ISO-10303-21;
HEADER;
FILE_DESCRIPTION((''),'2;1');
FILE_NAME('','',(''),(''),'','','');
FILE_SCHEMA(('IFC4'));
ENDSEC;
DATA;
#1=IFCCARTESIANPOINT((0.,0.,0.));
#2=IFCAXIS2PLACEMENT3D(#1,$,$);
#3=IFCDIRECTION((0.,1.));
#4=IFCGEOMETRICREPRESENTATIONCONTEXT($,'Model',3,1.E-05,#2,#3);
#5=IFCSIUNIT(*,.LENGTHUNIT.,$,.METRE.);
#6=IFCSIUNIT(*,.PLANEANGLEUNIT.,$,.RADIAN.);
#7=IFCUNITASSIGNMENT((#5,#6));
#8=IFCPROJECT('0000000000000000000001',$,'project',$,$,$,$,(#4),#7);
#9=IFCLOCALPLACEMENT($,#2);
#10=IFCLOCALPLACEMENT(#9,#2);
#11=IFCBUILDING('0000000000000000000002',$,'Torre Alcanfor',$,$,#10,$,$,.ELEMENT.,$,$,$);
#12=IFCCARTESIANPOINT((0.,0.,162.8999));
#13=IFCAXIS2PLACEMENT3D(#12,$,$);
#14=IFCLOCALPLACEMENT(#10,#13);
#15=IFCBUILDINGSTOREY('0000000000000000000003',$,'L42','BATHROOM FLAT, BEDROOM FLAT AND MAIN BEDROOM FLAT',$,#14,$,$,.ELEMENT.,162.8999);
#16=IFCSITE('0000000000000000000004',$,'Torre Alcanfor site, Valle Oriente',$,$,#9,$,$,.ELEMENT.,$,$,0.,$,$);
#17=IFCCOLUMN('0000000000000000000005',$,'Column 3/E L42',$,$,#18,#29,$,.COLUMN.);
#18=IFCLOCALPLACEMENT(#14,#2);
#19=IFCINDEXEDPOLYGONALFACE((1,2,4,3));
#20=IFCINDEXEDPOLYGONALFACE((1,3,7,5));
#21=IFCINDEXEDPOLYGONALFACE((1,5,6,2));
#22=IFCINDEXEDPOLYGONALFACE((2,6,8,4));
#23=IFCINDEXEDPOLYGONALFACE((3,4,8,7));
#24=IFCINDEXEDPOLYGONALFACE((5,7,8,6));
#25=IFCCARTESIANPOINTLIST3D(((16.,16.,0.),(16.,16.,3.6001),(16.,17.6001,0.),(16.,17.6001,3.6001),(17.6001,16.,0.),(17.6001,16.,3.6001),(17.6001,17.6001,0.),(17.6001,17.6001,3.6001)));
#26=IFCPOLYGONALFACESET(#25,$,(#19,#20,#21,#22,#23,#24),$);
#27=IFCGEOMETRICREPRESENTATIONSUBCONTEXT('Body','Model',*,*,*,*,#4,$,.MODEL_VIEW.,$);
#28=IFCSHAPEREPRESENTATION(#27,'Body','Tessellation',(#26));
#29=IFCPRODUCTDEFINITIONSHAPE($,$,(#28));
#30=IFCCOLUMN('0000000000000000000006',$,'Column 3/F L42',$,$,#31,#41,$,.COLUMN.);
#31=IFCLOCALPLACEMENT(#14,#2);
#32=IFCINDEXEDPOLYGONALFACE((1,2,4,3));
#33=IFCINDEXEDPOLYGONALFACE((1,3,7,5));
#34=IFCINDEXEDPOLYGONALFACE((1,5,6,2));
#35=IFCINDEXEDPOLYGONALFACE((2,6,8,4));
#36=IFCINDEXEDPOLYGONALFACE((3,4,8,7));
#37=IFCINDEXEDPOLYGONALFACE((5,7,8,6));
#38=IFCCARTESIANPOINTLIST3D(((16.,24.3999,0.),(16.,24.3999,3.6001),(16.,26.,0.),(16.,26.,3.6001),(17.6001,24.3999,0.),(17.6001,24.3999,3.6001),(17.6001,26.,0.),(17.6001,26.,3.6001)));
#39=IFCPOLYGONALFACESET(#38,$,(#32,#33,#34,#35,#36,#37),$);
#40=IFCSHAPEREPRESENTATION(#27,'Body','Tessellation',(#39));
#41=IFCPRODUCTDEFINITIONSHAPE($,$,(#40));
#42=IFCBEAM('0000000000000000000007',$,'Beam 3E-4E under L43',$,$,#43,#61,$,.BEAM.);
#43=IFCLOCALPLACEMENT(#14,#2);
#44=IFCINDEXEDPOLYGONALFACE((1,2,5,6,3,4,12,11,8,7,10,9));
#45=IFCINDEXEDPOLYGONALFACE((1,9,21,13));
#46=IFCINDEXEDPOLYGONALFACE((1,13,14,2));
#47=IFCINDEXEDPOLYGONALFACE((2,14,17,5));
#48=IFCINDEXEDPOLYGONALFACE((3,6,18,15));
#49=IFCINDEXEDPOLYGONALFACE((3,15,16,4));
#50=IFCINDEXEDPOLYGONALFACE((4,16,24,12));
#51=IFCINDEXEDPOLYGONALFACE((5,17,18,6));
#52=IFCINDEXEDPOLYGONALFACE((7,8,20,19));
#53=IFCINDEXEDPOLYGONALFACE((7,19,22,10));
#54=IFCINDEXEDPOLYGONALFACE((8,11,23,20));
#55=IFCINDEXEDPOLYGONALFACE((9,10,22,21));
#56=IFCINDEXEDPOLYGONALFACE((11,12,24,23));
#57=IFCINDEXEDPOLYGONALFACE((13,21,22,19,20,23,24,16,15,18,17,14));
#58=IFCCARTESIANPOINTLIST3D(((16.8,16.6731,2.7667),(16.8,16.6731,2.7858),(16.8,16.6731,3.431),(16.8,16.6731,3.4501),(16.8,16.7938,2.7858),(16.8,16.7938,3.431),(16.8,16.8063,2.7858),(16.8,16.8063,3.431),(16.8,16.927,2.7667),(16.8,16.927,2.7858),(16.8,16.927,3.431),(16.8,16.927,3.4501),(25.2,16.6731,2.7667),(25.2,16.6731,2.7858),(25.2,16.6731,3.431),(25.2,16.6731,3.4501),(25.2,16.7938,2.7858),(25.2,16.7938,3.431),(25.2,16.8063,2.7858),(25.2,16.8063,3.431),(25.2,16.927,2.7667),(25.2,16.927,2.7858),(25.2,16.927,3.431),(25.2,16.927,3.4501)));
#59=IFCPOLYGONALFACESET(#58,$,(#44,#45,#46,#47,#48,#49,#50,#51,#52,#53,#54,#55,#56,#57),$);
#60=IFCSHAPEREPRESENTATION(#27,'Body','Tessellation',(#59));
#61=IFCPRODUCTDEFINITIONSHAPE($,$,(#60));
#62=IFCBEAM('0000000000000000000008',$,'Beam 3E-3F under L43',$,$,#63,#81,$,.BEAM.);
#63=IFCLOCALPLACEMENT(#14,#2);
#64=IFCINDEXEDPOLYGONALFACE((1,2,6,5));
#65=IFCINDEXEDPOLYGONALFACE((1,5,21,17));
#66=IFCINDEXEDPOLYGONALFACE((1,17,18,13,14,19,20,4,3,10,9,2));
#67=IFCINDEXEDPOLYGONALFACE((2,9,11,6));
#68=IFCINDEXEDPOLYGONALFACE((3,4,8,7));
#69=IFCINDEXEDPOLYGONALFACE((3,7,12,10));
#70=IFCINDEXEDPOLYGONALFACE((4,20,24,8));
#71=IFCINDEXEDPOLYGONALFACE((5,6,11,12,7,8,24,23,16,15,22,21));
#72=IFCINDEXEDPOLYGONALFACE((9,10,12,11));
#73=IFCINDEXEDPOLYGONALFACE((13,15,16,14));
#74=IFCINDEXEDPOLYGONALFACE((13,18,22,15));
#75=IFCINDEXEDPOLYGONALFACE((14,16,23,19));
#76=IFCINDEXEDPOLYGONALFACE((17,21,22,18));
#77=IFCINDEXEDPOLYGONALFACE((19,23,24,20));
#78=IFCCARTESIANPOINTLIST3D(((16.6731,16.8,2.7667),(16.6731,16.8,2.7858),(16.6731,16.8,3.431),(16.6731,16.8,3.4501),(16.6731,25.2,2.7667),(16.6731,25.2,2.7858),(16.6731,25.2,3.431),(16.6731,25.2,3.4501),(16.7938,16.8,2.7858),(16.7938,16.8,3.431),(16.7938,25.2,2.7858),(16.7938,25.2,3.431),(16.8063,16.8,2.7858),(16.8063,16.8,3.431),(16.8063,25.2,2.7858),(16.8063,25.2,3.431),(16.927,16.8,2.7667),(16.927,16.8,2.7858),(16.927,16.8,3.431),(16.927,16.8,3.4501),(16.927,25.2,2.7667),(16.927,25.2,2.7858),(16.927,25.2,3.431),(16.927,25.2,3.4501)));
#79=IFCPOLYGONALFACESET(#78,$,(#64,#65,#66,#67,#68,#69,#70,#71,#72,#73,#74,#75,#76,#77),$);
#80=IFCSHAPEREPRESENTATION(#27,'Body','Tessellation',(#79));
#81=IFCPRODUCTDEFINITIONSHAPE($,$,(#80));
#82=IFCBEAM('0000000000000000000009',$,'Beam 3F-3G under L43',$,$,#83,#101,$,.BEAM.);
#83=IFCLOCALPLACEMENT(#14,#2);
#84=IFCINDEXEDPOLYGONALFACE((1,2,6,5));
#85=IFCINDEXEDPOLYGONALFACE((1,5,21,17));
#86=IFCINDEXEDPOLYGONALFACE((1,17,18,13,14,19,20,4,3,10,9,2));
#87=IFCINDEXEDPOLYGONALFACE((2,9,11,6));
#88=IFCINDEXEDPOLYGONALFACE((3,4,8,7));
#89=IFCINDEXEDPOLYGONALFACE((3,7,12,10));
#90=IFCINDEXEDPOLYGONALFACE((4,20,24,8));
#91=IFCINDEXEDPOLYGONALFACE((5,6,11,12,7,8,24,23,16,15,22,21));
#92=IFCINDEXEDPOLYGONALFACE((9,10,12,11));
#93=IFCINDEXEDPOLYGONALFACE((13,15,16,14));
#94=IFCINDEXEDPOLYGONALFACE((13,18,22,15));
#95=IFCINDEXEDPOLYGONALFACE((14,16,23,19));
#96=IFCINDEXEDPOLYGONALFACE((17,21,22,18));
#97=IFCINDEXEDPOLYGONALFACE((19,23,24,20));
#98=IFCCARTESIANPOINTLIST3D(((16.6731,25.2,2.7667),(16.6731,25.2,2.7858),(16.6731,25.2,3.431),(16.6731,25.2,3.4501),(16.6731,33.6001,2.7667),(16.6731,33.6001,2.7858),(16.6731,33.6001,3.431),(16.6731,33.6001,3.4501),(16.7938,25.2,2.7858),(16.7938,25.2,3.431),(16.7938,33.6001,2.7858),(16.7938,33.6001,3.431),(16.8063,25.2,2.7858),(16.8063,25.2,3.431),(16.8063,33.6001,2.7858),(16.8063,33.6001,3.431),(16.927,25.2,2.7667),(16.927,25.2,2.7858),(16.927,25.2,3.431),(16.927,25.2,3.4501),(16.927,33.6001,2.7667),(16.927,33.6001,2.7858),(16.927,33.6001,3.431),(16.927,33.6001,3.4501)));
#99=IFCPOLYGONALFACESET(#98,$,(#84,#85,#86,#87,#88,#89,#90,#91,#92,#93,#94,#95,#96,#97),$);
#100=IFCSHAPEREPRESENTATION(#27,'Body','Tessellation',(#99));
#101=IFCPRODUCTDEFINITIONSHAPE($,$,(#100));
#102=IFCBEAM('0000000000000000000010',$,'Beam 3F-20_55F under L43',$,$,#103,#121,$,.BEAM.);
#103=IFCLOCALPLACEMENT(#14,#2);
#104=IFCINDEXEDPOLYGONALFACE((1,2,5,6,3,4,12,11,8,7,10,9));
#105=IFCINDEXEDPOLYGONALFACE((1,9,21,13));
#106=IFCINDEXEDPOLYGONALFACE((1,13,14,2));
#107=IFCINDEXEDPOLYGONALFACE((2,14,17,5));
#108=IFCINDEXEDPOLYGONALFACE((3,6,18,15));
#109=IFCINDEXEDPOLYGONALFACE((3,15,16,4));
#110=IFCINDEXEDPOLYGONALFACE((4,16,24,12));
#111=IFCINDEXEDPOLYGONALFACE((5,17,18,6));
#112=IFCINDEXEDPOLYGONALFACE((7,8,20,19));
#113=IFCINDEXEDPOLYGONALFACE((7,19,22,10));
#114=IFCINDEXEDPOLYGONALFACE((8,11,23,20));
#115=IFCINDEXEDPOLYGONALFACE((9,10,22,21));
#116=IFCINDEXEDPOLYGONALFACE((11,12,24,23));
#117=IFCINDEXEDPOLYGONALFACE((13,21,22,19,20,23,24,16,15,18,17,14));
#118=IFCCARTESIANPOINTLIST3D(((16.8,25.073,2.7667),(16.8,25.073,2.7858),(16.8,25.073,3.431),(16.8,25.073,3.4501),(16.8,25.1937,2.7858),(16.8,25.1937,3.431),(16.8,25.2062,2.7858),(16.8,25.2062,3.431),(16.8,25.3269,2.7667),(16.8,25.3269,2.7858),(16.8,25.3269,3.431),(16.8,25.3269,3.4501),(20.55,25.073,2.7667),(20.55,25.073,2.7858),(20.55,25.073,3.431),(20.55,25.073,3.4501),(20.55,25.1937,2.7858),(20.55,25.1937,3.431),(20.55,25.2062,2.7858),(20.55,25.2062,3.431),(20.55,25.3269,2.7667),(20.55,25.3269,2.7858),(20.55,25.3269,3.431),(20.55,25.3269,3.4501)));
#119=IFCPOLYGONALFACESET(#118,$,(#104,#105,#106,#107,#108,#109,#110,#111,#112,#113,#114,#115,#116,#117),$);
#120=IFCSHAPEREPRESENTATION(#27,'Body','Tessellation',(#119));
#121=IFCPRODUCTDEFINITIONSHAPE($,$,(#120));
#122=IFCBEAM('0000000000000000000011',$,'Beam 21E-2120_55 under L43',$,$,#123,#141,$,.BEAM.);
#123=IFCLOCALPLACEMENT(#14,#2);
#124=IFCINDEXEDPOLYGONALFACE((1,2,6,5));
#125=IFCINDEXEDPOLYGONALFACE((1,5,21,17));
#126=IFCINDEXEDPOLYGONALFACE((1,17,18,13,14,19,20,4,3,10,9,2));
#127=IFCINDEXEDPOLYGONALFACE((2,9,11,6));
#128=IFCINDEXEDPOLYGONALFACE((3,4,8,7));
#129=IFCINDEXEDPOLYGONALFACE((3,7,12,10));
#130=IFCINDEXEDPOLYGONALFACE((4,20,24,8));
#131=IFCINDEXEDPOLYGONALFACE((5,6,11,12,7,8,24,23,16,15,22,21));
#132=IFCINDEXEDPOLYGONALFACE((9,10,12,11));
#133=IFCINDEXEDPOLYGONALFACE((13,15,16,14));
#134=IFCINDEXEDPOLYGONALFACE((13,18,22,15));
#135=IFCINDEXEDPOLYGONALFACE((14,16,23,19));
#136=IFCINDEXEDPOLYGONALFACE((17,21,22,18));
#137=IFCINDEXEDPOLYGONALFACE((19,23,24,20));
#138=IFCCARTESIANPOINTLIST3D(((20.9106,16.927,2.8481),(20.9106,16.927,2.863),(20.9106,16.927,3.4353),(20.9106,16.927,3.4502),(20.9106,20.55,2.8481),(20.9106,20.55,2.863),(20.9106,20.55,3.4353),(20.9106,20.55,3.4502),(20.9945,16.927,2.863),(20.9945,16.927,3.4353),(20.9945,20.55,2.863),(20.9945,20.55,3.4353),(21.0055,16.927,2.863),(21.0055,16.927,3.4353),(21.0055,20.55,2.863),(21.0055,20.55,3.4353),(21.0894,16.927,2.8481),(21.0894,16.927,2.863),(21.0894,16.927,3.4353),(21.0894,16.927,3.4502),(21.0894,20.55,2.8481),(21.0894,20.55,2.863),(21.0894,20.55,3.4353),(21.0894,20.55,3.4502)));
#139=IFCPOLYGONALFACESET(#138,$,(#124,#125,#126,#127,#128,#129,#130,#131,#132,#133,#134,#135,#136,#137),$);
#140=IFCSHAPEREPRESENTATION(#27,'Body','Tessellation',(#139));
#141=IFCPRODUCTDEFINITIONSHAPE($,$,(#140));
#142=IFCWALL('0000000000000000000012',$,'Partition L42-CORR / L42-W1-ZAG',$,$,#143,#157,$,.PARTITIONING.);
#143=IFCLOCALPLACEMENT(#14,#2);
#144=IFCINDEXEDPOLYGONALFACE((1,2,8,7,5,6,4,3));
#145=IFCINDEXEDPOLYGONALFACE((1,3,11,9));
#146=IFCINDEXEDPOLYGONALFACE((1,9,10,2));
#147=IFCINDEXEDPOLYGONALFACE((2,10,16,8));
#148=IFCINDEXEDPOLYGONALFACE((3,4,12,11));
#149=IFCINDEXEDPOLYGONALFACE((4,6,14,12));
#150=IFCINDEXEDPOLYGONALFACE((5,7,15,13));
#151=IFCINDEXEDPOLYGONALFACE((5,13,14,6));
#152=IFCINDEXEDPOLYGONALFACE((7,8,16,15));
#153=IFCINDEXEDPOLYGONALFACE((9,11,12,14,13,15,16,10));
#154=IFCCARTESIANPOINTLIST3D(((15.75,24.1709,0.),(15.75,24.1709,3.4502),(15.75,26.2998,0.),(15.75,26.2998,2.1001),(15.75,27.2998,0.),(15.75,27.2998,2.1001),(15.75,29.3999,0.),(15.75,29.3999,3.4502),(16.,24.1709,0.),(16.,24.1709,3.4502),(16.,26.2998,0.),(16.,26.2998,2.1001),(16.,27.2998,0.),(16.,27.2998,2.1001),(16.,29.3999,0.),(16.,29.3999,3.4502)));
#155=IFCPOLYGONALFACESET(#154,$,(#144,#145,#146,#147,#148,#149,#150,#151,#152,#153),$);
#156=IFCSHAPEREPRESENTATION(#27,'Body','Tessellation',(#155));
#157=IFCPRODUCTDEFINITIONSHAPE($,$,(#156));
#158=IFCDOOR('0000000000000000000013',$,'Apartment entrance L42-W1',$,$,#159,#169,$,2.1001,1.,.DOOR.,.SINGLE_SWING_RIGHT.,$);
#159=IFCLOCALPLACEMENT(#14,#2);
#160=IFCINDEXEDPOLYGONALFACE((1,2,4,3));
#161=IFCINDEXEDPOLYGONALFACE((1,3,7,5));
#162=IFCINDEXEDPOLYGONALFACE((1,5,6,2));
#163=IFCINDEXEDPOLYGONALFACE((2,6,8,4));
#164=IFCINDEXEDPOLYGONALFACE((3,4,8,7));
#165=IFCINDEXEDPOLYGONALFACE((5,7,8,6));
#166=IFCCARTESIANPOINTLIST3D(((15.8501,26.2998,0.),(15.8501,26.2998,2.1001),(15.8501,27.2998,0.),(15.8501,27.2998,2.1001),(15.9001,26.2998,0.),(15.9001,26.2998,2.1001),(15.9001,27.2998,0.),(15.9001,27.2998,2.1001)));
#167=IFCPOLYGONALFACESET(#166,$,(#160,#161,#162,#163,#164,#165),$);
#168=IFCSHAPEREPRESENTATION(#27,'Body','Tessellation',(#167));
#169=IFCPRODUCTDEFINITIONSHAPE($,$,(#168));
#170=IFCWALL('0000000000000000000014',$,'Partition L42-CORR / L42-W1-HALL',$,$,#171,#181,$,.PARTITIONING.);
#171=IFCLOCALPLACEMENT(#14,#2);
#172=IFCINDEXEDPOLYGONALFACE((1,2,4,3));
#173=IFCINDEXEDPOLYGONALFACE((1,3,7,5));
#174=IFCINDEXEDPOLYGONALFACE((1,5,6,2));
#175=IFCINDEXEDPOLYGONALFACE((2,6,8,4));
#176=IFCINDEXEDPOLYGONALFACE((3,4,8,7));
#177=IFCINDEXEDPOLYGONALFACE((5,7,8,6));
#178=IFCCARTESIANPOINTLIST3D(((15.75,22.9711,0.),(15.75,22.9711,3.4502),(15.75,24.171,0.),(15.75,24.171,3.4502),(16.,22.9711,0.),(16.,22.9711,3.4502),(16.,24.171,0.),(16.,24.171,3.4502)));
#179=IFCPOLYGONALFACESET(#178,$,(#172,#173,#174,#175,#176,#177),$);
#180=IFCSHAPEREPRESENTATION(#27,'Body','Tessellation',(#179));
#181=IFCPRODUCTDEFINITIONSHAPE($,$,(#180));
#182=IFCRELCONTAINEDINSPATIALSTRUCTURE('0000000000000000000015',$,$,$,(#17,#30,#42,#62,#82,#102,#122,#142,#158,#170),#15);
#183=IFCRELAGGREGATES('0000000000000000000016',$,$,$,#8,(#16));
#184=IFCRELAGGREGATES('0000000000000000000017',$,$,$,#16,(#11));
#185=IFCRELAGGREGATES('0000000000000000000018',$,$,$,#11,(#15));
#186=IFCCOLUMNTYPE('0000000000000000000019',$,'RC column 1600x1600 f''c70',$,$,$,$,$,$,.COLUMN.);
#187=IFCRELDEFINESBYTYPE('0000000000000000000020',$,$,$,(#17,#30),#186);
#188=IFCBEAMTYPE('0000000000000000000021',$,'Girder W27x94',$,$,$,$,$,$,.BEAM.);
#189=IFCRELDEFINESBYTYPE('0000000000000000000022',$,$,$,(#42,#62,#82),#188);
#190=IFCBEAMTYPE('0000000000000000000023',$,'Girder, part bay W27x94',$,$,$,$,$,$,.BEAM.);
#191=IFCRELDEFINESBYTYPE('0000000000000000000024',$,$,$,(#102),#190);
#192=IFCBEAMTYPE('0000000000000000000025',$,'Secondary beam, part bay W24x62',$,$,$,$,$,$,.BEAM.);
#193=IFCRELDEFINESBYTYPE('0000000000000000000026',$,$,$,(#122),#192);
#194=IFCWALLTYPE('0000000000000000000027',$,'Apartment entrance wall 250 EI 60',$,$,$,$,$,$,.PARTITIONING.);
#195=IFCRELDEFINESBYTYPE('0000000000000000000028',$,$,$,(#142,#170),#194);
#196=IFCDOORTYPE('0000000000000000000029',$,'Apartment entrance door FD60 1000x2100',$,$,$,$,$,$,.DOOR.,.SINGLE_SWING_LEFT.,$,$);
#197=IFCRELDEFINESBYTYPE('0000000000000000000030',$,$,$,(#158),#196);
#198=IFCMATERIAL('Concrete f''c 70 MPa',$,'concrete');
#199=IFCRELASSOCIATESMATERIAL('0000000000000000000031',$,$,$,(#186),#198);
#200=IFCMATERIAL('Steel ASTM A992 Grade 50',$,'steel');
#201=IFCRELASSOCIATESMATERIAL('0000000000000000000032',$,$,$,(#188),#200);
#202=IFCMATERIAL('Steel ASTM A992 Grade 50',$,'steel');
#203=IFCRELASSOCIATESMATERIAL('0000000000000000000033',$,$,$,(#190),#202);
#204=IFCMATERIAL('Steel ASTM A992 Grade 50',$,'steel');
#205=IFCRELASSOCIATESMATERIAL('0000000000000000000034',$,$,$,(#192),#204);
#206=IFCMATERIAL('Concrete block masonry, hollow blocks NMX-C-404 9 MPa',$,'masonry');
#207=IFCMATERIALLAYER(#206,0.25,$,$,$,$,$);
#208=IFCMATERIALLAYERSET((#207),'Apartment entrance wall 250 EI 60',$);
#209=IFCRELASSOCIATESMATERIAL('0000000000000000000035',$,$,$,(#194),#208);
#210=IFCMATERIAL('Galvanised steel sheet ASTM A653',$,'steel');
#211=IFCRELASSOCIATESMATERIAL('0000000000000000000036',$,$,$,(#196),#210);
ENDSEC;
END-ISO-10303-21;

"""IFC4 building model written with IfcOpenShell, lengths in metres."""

from ifc_helpers import new_model, si_unit, direction, frame, frame_2d, origin, origin_2d, place, context, subcontext, project, spatial, rectangle, i_section, extrude, material, layer, layer_set, material_profile, profile_set, type_object, element, fill, save


model = new_model("IFC4")

# Units and contexts
model_context = context("Model", 3, precision=1e-05, world=origin(), true_north=direction((0.0, 1.0)))
body_context = subcontext(model_context, "Body", "Model", "MODEL_VIEW")
ifc_project = project(units=[si_unit("LENGTHUNIT", "METRE"), si_unit("PLANEANGLEUNIT", "RADIAN")], contexts=[model_context])

# Site, building, storey
site_placement = place(None, origin())
site = spatial("IfcSite", under=ifc_project, at=site_placement, Name="Torre Alcanfor site, Valle Oriente", CompositionType="ELEMENT", RefElevation=0.0)
building_placement = place(site_placement, origin())
building = spatial("IfcBuilding", under=site, at=building_placement, Name="Torre Alcanfor", CompositionType="ELEMENT")
storey_placement = place(building_placement, frame((0.0, 0.0, 162.8999)))
storey = spatial("IfcBuildingStorey", under=building, at=storey_placement, Name="L42", Description="BATHROOM FLAT, BEDROOM FLAT AND MAIN BEDROOM FLAT", CompositionType="ELEMENT", Elevation=162.8999)

# Columns
ifc_material_1 = material(Name="Concrete f'c 70 MPa", Category="concrete")
ifc_material_profile_1 = material_profile(ifc_material_1, rectangle(XDim=1.6001, YDim=1.6001, at=origin_2d()), Name="1600x1600")
ifc_profile_set_1 = profile_set([ifc_material_profile_1], Name="Concrete f'c 70 MPa")
column_type = type_object("IfcColumnType", Name="RC column 1600x1600 f'c70", PredefinedType="COLUMN", material=ifc_profile_set_1)
for number, where, z_axis, x_axis, name in (
    (1, (16.8, 16.8, 0.0), (0.0, 0.0, 1.0), (1.0, 0.0, 0.0), "Column 3/E L42"),
    (2, (16.8, 25.2, 0.0), (0.0, 0.0, 1.0), (1.0, 0.0, 0.0), "Column 3/F L42"),
):
    element("IfcColumn", number, at=place(storey_placement, frame(where, z_axis=z_axis, x_axis=x_axis)), inside=storey, type_object=column_type, Name=name, PredefinedType="COLUMN", context=body_context, shape_type="SweptSolid", body=[
        extrude(rectangle(XDim=1.6001, YDim=1.6001, at=origin_2d()), origin(), (0.0, 0.0, 1.0), 3.6001),
    ])

# Beams
ifc_material_2 = material(Name="Steel ASTM A992 Grade 50", Category="steel")
ifc_material_profile_2 = material_profile(ifc_material_2, i_section(OverallWidth=0.2539, OverallDepth=0.6833, WebThickness=0.0125, FlangeThickness=0.019, at=origin_2d()), Name="W27x94")
ifc_profile_set_2 = profile_set([ifc_material_profile_2], Name="Steel ASTM A992 Grade 50")
beam_type_1 = type_object("IfcBeamType", Name="Girder W27x94", PredefinedType="BEAM", material=ifc_profile_set_2)
for number, where, z_axis, x_axis, name in (
    (3, (16.8, 16.8, 3.1084), (1.0, 0.0, 0.0), (0.0, 1.0, 0.0), "Beam 3E-4E under L43"),
    (4, (16.8, 16.8, 3.1084), (0.0, 1.0, 0.0), (-1.0, 0.0, 0.0), "Beam 3E-3F under L43"),
):
    element("IfcBeam", number, at=place(storey_placement, frame(where, z_axis=z_axis, x_axis=x_axis)), inside=storey, type_object=beam_type_1, Name=name, PredefinedType="BEAM", context=body_context, shape_type="SweptSolid", body=[
        extrude(i_section(OverallWidth=0.2539, OverallDepth=0.6833, WebThickness=0.0125, FlangeThickness=0.019, at=origin_2d()), origin(), (0.0, 0.0, 1.0), 8.3999),
    ])
beam_1_placement = place(storey_placement, frame((16.8, 25.2, 3.1084), z_axis=(0.0, 1.0, 0.0), x_axis=(-1.0, 0.0, 0.0)))
element("IfcBeam", 5, at=beam_1_placement, inside=storey, type_object=beam_type_1, Name="Beam 3F-3G under L43", PredefinedType="BEAM", context=body_context, shape_type="SweptSolid", body=[
    extrude(i_section(OverallWidth=0.2539, OverallDepth=0.6833, WebThickness=0.0125, FlangeThickness=0.019, at=origin_2d()), origin(), (0.0, 0.0, 1.0), 8.4001),
])
ifc_material_3 = material(Name="Steel ASTM A992 Grade 50", Category="steel")
ifc_material_profile_3 = material_profile(ifc_material_3, i_section(OverallWidth=0.2539, OverallDepth=0.6833, WebThickness=0.0125, FlangeThickness=0.019, at=origin_2d()), Name="W27x94")
ifc_profile_set_3 = profile_set([ifc_material_profile_3], Name="Steel ASTM A992 Grade 50")
beam_type_2 = type_object("IfcBeamType", Name="Girder, part bay W27x94", PredefinedType="BEAM", material=ifc_profile_set_3)
beam_2_placement = place(storey_placement, frame((16.8, 25.2, 3.1084), z_axis=(1.0, 0.0, 0.0), x_axis=(0.0, 1.0, 0.0)))
element("IfcBeam", 6, at=beam_2_placement, inside=storey, type_object=beam_type_2, Name="Beam 3F-20_55F under L43", PredefinedType="BEAM", context=body_context, shape_type="SweptSolid", body=[
    extrude(i_section(OverallWidth=0.2539, OverallDepth=0.6833, WebThickness=0.0125, FlangeThickness=0.019, at=origin_2d()), origin(), (0.0, 0.0, 1.0), 3.75),
])
ifc_material_4 = material(Name="Steel ASTM A992 Grade 50", Category="steel")
ifc_material_profile_4 = material_profile(ifc_material_4, i_section(OverallWidth=0.1787, OverallDepth=0.6021, WebThickness=0.011, FlangeThickness=0.0149, at=origin_2d()), Name="W24x62")
ifc_profile_set_4 = profile_set([ifc_material_profile_4], Name="Steel ASTM A992 Grade 50")
beam_type_3 = type_object("IfcBeamType", Name="Secondary beam, part bay W24x62", PredefinedType="BEAM", material=ifc_profile_set_4)
beam_3_placement = place(storey_placement, frame((21.0, 16.927, 3.1492), z_axis=(0.0, 1.0, 0.0), x_axis=(-1.0, 0.0, 0.0)))
element("IfcBeam", 7, at=beam_3_placement, inside=storey, type_object=beam_type_3, Name="Beam 21E-2120_55 under L43", PredefinedType="BEAM", context=body_context, shape_type="SweptSolid", body=[
    extrude(i_section(OverallWidth=0.1787, OverallDepth=0.6021, WebThickness=0.011, FlangeThickness=0.0149, at=origin_2d()), origin(), (0.0, 0.0, 1.0), 3.623),
])

# Wall, opening, door
ifc_material_5 = material(Name="Concrete block masonry, hollow blocks NMX-C-404 9 MPa", Category="masonry")
ifc_layer_1 = layer(ifc_material_5, 0.25)
ifc_layer_set_1 = layer_set([ifc_layer_1], Name="Apartment entrance wall 250 EI 60")
wall_type_1 = type_object("IfcWallType", Name="Apartment entrance wall 250 EI 60", PredefinedType="PARTITIONING", material=ifc_layer_set_1)
wall_1_placement = place(storey_placement, frame((15.875, 24.1709, 0.0), z_axis=(0.0, 0.0, 1.0), x_axis=(0.0, 1.0, 0.0)))
wall_1 = element("IfcWall", 8, at=wall_1_placement, inside=storey, type_object=wall_type_1, Name="Partition L42-CORR / L42-W1-ZAG", PredefinedType="PARTITIONING", context=body_context, shape_type="SweptSolid", body=[
    extrude(rectangle(XDim=5.229, YDim=0.25, at=frame_2d((2.6145, 0.0))), origin(), (0.0, 0.0, 1.0), 3.4502),
])
opening_1_placement = place(wall_1_placement, frame((2.1289, 0.0, 0.0)))
opening_1 = element("IfcOpeningElement", 9, at=opening_1_placement, cuts=wall_1, PredefinedType="OPENING", context=body_context, shape_type="SweptSolid", body=[
    extrude(rectangle(XDim=1.0, YDim=2.1001, at=frame_2d((0.5, 1.05))), frame((0.0, 0.135, 0.0), z_axis=(0.0, -1.0, 0.0), x_axis=(1.0, 0.0, 0.0)), (0.0, 0.0, 1.0), 0.27),
])
ifc_material_6 = material(Name="Galvanised steel sheet ASTM A653", Category="steel")
door_type_1 = type_object("IfcDoorType", Name="Apartment entrance door FD60 1000x2100", OperationType="SINGLE_SWING_LEFT", PredefinedType="DOOR", material=ifc_material_6)
door_1_placement = place(opening_1_placement, origin())
door_1 = element("IfcDoor", 10, at=door_1_placement, inside=storey, type_object=door_type_1, Name="Apartment entrance L42-W1", OperationType="SINGLE_SWING_RIGHT", OverallHeight=2.1001, OverallWidth=1.0, PredefinedType="DOOR", context=body_context, shape_type="SweptSolid", body=[
    extrude(rectangle(XDim=1.0, YDim=2.1001, at=frame_2d((0.5, 1.05))), frame((0.0, 0.0249, 0.0), z_axis=(0.0, -1.0, 0.0), x_axis=(1.0, 0.0, 0.0)), (0.0, 0.0, 1.0), 0.05),
])
fill(opening_1, door_1)

# Wall
wall_2_placement = place(storey_placement, frame((15.875, 22.9709, 0.0), z_axis=(0.0, 0.0, 1.0), x_axis=(0.0, 1.0, 0.0)))
element("IfcWall", 11, at=wall_2_placement, inside=storey, type_object=wall_type_1, Name="Partition L42-CORR / L42-W1-HALL", PredefinedType="PARTITIONING", context=body_context, shape_type="SweptSolid", body=[
    extrude(rectangle(XDim=1.2, YDim=0.25, at=frame_2d((0.6001, 0.0))), origin(), (0.0, 0.0, 1.0), 3.4502),
])

save(model, "model.ifc")
